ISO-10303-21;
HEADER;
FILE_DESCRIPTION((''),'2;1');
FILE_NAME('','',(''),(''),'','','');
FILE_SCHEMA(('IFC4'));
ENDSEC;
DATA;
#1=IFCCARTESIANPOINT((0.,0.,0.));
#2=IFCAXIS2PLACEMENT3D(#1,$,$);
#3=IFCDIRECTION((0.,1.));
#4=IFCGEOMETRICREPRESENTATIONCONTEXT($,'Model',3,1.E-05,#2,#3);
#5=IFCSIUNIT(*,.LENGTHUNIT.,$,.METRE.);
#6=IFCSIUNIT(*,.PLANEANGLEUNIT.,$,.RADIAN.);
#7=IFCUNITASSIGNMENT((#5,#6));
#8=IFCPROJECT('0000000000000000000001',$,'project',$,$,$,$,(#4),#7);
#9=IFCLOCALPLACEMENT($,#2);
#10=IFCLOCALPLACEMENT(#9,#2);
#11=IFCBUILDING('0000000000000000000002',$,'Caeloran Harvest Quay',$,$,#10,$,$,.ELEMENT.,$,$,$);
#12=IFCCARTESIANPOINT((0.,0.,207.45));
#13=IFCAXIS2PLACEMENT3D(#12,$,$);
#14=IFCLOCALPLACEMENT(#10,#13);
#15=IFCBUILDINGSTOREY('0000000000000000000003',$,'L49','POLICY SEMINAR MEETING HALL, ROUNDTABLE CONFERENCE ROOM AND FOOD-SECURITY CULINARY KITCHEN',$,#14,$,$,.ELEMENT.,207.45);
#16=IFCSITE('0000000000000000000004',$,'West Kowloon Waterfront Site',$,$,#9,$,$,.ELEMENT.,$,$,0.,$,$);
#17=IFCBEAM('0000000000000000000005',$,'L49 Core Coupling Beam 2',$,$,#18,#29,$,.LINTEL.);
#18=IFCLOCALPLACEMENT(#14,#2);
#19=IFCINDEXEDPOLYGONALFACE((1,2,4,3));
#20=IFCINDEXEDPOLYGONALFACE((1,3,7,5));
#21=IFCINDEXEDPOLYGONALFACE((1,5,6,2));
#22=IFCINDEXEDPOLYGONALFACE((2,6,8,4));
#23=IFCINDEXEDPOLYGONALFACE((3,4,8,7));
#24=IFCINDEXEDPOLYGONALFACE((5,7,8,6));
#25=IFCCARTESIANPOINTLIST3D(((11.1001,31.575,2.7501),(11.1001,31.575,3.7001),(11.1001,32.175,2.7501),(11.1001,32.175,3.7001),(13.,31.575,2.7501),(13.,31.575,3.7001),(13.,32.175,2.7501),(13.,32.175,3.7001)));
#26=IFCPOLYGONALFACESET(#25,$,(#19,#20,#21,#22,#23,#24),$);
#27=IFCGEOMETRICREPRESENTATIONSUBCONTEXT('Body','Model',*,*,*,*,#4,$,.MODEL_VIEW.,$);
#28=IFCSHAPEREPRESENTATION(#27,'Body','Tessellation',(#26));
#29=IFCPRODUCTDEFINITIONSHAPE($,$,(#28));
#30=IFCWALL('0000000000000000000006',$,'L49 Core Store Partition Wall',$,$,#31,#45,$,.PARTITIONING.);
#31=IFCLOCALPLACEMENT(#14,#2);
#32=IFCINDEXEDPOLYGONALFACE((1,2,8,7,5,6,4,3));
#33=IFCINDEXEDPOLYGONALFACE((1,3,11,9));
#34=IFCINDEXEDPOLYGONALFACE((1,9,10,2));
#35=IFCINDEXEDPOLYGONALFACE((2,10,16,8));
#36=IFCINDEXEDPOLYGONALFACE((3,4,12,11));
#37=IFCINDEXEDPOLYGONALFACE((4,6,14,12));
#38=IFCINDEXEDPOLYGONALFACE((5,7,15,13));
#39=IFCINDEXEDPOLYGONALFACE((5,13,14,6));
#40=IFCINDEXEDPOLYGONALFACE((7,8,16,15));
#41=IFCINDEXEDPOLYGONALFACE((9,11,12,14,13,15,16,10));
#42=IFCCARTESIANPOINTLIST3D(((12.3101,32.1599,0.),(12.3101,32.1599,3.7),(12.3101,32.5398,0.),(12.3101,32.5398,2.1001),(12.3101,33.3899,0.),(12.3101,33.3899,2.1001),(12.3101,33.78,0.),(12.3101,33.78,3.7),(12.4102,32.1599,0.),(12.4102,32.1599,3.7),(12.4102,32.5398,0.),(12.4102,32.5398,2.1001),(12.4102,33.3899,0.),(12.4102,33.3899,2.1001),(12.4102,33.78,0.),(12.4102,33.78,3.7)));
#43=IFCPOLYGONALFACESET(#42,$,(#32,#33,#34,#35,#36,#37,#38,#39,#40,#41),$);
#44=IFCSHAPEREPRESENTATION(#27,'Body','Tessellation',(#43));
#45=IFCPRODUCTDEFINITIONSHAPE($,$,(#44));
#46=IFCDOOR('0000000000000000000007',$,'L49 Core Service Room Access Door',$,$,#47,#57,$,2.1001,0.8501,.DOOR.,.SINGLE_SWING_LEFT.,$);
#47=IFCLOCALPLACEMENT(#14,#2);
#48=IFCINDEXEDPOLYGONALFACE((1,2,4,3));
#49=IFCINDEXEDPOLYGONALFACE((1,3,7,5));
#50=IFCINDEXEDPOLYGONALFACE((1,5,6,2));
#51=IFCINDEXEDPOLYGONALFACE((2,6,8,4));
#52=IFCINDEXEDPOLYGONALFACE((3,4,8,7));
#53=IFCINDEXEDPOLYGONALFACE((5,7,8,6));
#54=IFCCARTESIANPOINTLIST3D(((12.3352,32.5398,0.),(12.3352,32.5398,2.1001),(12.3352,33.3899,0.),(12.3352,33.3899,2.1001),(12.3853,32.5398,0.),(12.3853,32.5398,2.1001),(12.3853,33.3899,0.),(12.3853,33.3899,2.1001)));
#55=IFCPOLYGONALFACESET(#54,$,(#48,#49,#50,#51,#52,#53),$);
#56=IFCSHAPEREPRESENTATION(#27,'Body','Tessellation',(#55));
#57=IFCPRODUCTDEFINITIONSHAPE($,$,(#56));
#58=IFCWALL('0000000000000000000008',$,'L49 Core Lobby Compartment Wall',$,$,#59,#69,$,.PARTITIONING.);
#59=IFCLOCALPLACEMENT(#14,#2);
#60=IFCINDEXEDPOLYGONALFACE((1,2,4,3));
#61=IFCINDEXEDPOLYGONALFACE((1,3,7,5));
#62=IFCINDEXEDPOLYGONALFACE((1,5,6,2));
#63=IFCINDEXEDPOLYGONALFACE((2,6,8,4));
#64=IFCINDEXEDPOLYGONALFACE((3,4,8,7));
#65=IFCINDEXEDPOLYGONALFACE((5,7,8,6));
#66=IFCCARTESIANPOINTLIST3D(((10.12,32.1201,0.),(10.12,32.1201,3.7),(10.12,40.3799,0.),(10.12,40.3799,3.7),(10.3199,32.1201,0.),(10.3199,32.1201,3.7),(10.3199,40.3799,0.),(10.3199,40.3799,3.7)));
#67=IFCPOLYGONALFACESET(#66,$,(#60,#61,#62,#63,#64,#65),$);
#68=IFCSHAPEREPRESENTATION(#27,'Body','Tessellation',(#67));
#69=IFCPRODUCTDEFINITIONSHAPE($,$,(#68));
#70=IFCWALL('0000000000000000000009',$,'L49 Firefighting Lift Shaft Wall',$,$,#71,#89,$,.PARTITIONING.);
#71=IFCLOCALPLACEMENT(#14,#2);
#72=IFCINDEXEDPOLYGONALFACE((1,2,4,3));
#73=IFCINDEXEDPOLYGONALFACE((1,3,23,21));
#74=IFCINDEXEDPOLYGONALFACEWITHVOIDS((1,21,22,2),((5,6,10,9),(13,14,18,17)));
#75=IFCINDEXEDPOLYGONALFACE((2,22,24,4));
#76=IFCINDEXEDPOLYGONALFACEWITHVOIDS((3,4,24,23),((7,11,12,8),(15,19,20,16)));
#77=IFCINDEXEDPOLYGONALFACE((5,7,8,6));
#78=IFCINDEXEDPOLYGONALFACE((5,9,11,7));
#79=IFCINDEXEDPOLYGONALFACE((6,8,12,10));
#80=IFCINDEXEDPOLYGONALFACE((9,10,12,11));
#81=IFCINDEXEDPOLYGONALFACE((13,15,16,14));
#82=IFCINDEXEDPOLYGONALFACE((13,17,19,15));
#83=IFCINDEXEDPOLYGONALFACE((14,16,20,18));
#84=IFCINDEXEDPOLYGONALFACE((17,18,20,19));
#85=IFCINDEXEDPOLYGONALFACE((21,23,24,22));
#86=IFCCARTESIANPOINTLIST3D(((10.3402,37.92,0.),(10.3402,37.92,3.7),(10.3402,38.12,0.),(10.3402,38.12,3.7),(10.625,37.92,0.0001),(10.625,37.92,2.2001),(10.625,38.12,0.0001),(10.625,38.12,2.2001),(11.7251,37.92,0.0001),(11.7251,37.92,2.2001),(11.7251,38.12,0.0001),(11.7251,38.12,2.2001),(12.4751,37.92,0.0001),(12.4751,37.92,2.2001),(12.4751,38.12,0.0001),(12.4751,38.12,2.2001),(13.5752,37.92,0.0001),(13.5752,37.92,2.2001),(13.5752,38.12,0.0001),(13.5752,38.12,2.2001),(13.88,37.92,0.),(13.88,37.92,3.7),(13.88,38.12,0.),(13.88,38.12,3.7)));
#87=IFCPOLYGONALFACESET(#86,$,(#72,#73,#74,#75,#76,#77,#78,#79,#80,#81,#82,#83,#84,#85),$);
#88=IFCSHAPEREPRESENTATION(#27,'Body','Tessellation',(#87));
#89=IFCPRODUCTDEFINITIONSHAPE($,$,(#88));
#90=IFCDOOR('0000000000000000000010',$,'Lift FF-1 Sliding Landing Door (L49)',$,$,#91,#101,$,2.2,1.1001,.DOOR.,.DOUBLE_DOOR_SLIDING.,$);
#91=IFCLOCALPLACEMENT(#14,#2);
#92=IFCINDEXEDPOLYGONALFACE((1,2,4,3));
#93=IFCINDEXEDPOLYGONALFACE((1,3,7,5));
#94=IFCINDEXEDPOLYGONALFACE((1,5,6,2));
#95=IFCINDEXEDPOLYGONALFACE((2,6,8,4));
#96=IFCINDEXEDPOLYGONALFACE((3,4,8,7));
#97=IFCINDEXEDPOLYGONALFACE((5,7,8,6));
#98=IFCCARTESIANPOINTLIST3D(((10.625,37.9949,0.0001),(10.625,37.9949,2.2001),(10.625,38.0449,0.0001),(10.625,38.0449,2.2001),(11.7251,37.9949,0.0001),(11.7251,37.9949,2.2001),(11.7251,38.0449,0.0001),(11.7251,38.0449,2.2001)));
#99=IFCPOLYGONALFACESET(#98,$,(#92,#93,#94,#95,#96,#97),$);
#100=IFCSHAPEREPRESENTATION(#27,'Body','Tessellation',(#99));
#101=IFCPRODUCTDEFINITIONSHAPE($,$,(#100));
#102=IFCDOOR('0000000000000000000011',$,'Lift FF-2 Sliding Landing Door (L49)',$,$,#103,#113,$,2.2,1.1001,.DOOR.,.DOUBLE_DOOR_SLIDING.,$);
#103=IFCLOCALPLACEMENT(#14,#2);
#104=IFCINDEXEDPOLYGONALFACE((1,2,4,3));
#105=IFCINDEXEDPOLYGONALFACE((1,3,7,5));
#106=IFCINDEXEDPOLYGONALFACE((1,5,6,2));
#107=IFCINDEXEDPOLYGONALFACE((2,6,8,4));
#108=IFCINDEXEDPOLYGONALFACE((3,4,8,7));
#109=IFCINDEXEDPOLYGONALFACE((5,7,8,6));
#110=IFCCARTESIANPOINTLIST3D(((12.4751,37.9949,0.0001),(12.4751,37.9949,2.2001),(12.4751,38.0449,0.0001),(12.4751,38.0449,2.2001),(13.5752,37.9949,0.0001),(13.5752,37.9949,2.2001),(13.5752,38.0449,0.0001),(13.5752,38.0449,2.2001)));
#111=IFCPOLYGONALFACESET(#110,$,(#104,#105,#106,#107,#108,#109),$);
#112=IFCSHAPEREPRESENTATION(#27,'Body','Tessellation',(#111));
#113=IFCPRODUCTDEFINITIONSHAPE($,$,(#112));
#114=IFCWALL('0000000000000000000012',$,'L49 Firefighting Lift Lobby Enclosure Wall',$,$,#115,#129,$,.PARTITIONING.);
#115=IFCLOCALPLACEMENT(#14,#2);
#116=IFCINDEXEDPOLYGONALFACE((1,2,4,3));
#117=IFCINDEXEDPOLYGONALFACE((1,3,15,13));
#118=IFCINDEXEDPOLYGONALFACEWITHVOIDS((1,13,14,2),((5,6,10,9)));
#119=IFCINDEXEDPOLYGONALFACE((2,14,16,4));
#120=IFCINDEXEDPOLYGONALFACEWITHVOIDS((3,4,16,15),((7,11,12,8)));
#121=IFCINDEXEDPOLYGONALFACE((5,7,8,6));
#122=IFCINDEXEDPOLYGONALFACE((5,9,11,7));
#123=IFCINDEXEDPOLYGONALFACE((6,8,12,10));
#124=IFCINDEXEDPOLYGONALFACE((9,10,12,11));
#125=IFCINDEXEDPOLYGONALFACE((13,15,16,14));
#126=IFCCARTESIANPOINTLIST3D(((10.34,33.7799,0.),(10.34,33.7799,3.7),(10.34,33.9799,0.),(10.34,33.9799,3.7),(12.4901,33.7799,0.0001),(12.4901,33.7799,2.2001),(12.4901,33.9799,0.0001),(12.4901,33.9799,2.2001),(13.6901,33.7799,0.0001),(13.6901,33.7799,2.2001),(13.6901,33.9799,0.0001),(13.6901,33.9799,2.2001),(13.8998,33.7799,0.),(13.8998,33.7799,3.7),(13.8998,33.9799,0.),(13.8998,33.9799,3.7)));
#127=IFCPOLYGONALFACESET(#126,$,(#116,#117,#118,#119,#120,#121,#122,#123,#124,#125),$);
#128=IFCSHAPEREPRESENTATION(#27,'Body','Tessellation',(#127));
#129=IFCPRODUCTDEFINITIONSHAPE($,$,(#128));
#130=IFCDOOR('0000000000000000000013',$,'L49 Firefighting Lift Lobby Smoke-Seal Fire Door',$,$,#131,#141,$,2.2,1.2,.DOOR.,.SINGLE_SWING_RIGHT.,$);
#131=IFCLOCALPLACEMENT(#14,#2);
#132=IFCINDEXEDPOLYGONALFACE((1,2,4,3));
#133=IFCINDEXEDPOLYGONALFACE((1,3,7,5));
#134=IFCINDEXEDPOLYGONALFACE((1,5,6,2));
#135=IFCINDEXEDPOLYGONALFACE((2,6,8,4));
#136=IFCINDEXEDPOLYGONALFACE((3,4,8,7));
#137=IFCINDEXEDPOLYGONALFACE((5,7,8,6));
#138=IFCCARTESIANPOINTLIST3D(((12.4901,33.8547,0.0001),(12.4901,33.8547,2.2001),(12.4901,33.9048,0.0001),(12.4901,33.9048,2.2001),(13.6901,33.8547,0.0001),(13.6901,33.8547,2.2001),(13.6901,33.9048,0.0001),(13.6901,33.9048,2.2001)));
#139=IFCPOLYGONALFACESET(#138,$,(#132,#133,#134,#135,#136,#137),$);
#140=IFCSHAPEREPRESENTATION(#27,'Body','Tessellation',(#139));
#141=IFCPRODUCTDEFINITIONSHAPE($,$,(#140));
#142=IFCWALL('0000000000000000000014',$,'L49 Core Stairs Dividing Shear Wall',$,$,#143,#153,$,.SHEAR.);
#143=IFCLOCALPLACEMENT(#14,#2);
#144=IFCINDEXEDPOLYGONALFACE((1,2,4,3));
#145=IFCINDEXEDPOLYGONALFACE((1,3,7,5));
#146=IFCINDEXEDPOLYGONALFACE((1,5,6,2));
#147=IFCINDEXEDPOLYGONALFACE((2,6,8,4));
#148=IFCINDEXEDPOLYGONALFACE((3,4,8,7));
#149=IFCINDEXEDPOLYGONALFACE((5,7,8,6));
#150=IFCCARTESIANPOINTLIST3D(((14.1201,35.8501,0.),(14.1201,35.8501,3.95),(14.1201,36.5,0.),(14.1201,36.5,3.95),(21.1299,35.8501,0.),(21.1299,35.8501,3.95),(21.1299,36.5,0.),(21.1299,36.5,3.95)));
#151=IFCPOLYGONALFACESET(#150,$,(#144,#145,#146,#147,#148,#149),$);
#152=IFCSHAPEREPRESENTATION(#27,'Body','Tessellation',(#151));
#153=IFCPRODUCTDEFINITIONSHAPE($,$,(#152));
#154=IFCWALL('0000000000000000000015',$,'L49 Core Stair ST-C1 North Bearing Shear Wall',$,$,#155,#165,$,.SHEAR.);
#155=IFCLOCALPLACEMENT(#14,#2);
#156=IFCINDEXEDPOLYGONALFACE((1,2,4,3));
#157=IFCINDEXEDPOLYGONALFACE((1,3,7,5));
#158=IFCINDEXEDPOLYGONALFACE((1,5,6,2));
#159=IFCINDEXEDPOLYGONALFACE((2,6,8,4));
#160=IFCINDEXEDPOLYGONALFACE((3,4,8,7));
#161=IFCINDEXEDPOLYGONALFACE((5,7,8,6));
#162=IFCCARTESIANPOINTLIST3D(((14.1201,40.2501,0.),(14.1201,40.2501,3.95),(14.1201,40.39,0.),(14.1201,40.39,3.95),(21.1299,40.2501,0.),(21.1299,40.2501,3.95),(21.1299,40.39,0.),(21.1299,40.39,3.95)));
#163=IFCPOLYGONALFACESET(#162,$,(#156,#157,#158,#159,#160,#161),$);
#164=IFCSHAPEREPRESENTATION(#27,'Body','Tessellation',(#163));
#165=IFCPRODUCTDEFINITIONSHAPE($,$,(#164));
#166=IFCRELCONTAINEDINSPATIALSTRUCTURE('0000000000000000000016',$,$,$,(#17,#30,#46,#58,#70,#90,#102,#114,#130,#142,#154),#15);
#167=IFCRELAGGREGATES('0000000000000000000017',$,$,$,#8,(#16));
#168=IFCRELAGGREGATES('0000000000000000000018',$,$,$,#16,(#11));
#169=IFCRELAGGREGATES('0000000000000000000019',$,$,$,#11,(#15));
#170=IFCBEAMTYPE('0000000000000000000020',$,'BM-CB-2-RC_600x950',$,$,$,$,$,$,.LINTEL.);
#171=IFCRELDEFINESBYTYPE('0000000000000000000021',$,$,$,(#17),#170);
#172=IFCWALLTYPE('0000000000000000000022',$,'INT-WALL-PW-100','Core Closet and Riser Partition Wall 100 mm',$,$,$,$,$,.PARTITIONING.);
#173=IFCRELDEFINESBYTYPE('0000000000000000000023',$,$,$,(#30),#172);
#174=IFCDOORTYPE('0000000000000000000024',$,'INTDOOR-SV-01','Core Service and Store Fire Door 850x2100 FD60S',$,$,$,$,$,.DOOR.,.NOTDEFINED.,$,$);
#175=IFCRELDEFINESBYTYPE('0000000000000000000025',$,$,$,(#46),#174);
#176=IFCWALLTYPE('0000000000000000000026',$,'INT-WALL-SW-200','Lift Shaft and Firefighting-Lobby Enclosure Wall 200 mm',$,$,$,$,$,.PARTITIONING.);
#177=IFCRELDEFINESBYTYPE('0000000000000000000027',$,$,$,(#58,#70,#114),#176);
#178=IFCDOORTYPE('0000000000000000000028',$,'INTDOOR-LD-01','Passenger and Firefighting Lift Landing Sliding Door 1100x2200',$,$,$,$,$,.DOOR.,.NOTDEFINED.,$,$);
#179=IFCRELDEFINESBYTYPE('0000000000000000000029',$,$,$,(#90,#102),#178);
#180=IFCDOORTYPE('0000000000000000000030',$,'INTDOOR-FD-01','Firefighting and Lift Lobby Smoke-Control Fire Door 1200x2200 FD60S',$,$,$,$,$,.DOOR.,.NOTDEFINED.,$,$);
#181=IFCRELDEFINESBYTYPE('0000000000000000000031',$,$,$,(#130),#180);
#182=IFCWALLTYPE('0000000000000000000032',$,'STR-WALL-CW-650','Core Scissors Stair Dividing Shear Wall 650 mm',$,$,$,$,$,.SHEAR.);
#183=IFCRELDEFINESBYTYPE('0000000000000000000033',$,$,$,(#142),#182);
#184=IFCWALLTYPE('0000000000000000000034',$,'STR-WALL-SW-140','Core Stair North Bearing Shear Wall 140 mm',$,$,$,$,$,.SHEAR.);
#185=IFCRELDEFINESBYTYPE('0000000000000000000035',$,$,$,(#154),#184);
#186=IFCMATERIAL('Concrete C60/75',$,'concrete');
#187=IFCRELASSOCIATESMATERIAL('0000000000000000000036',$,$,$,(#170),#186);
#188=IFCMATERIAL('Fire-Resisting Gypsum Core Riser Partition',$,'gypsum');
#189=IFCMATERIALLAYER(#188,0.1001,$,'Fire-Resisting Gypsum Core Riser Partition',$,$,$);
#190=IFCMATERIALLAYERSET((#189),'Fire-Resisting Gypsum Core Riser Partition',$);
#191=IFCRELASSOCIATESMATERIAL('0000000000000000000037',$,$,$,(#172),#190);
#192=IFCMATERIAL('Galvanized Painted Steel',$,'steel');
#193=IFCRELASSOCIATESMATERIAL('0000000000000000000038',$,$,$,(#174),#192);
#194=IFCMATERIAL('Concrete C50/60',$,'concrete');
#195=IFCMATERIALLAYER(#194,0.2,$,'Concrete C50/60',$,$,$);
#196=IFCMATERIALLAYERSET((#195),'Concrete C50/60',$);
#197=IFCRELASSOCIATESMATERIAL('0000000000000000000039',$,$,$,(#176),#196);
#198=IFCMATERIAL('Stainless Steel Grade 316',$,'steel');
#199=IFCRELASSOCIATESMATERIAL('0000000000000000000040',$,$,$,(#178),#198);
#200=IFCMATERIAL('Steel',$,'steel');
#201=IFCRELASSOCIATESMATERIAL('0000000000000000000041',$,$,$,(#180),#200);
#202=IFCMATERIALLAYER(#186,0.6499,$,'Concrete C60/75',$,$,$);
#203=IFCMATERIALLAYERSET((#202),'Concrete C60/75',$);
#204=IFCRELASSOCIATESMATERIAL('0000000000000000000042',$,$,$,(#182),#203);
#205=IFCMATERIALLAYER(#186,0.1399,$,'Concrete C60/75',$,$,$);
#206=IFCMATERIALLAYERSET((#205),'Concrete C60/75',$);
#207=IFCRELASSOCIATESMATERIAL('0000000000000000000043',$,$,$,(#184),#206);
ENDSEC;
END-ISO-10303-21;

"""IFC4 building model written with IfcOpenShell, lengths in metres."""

from ifc_helpers import new_model, si_unit, direction, frame, frame_2d, origin, origin_2d, place, context, subcontext, project, spatial, rectangle, extrude, material, layer, layer_set, material_profile, profile_set, type_object, element, fill, save


model = new_model("IFC4")

# Units and contexts
model_context = context("Model", 3, precision=1e-05, world=origin(), true_north=direction((0.0, 1.0)))
body_context = subcontext(model_context, "Body", "Model", "MODEL_VIEW")
ifc_project = project(units=[si_unit("LENGTHUNIT", "METRE"), si_unit("PLANEANGLEUNIT", "RADIAN")], contexts=[model_context])

# Site, building, storey
site_placement = place(None, origin())
site = spatial("IfcSite", under=ifc_project, at=site_placement, Name="West Kowloon Waterfront Site", CompositionType="ELEMENT", RefElevation=0.0)
building_placement = place(site_placement, origin())
building = spatial("IfcBuilding", under=site, at=building_placement, Name="Caeloran Harvest Quay", CompositionType="ELEMENT")
storey_placement = place(building_placement, frame((0.0, 0.0, 207.45)))
storey = spatial("IfcBuildingStorey", under=building, at=storey_placement, Name="L49", Description="POLICY SEMINAR MEETING HALL, ROUNDTABLE CONFERENCE ROOM AND FOOD-SECURITY CULINARY KITCHEN", CompositionType="ELEMENT", Elevation=207.45)

# Beam
ifc_material_1 = material(Name="Concrete C60/75", Category="concrete")
ifc_material_profile = material_profile(ifc_material_1, rectangle(XDim=0.6001, YDim=0.95, at=origin_2d()), Name="RC 600x950")
ifc_profile_set = profile_set([ifc_material_profile], Name="Concrete C60/75")
beam_type = type_object("IfcBeamType", Name="BM-CB-2-RC_600x950", PredefinedType="LINTEL", material=ifc_profile_set)
beam_placement = place(storey_placement, frame((11.1001, 31.875, 3.2251), z_axis=(1.0, 0.0, 0.0), x_axis=(0.0, 1.0, 0.0)))
element("IfcBeam", 1, at=beam_placement, inside=storey, type_object=beam_type, Name="L49 Core Coupling Beam 2", PredefinedType="LINTEL", context=body_context, shape_type="SweptSolid", body=[
    extrude(rectangle(XDim=0.6001, YDim=0.95, at=origin_2d()), origin(), (0.0, 0.0, 1.0), 1.8999),
])

# Wall, opening, door
ifc_material_2 = material(Name="Fire-Resisting Gypsum Core Riser Partition", Category="gypsum")
ifc_layer_1 = layer(ifc_material_2, 0.1001, Name="Fire-Resisting Gypsum Core Riser Partition")
ifc_layer_set_1 = layer_set([ifc_layer_1], Name="Fire-Resisting Gypsum Core Riser Partition")
wall_type_1 = type_object("IfcWallType", Name="INT-WALL-PW-100", Description="Core Closet and Riser Partition Wall 100 mm", PredefinedType="PARTITIONING", material=ifc_layer_set_1)
wall_1_placement = place(storey_placement, frame((12.3601, 32.1599, 0.0), z_axis=(0.0, 0.0, 1.0), x_axis=(0.0, 1.0, 0.0)))
wall_1 = element("IfcWall", 2, at=wall_1_placement, inside=storey, type_object=wall_type_1, Name="L49 Core Store Partition Wall", PredefinedType="PARTITIONING", context=body_context, shape_type="SweptSolid", body=[
    extrude(rectangle(XDim=1.6201, YDim=0.1001, at=frame_2d((0.8101, 0.0))), origin(), (0.0, 0.0, 1.0), 3.7),
])
opening_1_placement = place(wall_1_placement, frame((0.3799, 0.0, 0.0)))
opening_1 = element("IfcOpeningElement", 3, at=opening_1_placement, cuts=wall_1, PredefinedType="OPENING", context=body_context, shape_type="SweptSolid", body=[
    extrude(rectangle(XDim=0.8501, YDim=2.1001, at=frame_2d((0.425, 1.05))), frame((0.0, 0.0601, 0.0), z_axis=(0.0, -1.0, 0.0), x_axis=(1.0, 0.0, 0.0)), (0.0, 0.0, 1.0), 0.1201),
])
ifc_material_3 = material(Name="Galvanized Painted Steel", Category="steel")
door_type_1 = type_object("IfcDoorType", Name="INTDOOR-SV-01", Description="Core Service and Store Fire Door 850x2100 FD60S", OperationType="NOTDEFINED", PredefinedType="DOOR", material=ifc_material_3)
door_1_placement = place(opening_1_placement, origin())
door_1 = element("IfcDoor", 4, at=door_1_placement, inside=storey, type_object=door_type_1, Name="L49 Core Service Room Access Door", OperationType="SINGLE_SWING_LEFT", OverallHeight=2.1001, OverallWidth=0.8501, PredefinedType="DOOR", context=body_context, shape_type="SweptSolid", body=[
    extrude(rectangle(XDim=0.8501, YDim=2.1001, at=frame_2d((0.425, 1.05))), frame((0.0, 0.0249, 0.0), z_axis=(0.0, -1.0, 0.0), x_axis=(1.0, 0.0, 0.0)), (0.0, 0.0, 1.0), 0.05),
])
fill(opening_1, door_1)

# Wall
ifc_material_4 = material(Name="Concrete C50/60", Category="concrete")
ifc_layer_2 = layer(ifc_material_4, 0.2, Name="Concrete C50/60")
ifc_layer_set_2 = layer_set([ifc_layer_2], Name="Concrete C50/60")
wall_type_2 = type_object("IfcWallType", Name="INT-WALL-SW-200", Description="Lift Shaft and Firefighting-Lobby Enclosure Wall 200 mm", PredefinedType="PARTITIONING", material=ifc_layer_set_2)
wall_2_placement = place(storey_placement, frame((10.22, 32.1201, 0.0), z_axis=(0.0, 0.0, 1.0), x_axis=(0.0, 1.0, 0.0)))
element("IfcWall", 5, at=wall_2_placement, inside=storey, type_object=wall_type_2, Name="L49 Core Lobby Compartment Wall", PredefinedType="PARTITIONING", context=body_context, shape_type="SweptSolid", body=[
    extrude(rectangle(XDim=8.2598, YDim=0.2, at=frame_2d((4.1299, 0.0))), origin(), (0.0, 0.0, 1.0), 3.7),
])

# Wall, openings, doors
wall_3_placement = place(storey_placement, frame((10.3401, 38.02, 0.0), z_axis=(0.0, 0.0, 1.0), x_axis=(1.0, 0.0, 0.0)))
wall_3 = element("IfcWall", 6, at=wall_3_placement, inside=storey, type_object=wall_type_2, Name="L49 Firefighting Lift Shaft Wall", PredefinedType="PARTITIONING", context=body_context, shape_type="SweptSolid", body=[
    extrude(rectangle(XDim=3.5398, YDim=0.2, at=frame_2d((1.77, 0.0))), origin(), (0.0, 0.0, 1.0), 3.7),
])
opening_2_placement = place(wall_3_placement, frame((0.2849, 0.0, 0.0)))
opening_2 = element("IfcOpeningElement", 7, at=opening_2_placement, cuts=wall_3, PredefinedType="OPENING", context=body_context, shape_type="SweptSolid", body=[
    extrude(rectangle(XDim=1.1001, YDim=2.2, at=frame_2d((0.55, 1.1001))), frame((0.0, 0.1099, 0.0), z_axis=(0.0, -1.0, 0.0), x_axis=(1.0, 0.0, 0.0)), (0.0, 0.0, 1.0), 0.22),
])
opening_3_placement = place(wall_3_placement, frame((2.135, 0.0, 0.0)))
opening_3 = element("IfcOpeningElement", 8, at=opening_3_placement, cuts=wall_3, PredefinedType="OPENING", context=body_context, shape_type="SweptSolid", body=[
    extrude(rectangle(XDim=1.1001, YDim=2.2, at=frame_2d((0.55, 1.1001))), frame((0.0, 0.1099, 0.0), z_axis=(0.0, -1.0, 0.0), x_axis=(1.0, 0.0, 0.0)), (0.0, 0.0, 1.0), 0.22),
])
ifc_material_5 = material(Name="Stainless Steel Grade 316", Category="steel")
door_type_2 = type_object("IfcDoorType", Name="INTDOOR-LD-01", Description="Passenger and Firefighting Lift Landing Sliding Door 1100x2200", OperationType="NOTDEFINED", PredefinedType="DOOR", material=ifc_material_5)
door_2_placement = place(opening_2_placement, origin())
door_2 = element("IfcDoor", 9, at=door_2_placement, inside=storey, type_object=door_type_2, Name="Lift FF-1 Sliding Landing Door (L49)", OperationType="DOUBLE_DOOR_SLIDING", OverallHeight=2.2, OverallWidth=1.1001, PredefinedType="DOOR", context=body_context, shape_type="SweptSolid", body=[
    extrude(rectangle(XDim=1.1001, YDim=2.2, at=frame_2d((0.55, 1.1001))), frame((0.0, 0.0249, 0.0), z_axis=(0.0, -1.0, 0.0), x_axis=(1.0, 0.0, 0.0)), (0.0, 0.0, 1.0), 0.05),
])
fill(opening_2, door_2)
door_3_placement = place(opening_3_placement, origin())
door_3 = element("IfcDoor", 10, at=door_3_placement, inside=storey, type_object=door_type_2, Name="Lift FF-2 Sliding Landing Door (L49)", OperationType="DOUBLE_DOOR_SLIDING", OverallHeight=2.2, OverallWidth=1.1001, PredefinedType="DOOR", context=body_context, shape_type="SweptSolid", body=[
    extrude(rectangle(XDim=1.1001, YDim=2.2, at=frame_2d((0.55, 1.1001))), frame((0.0, 0.0249, 0.0), z_axis=(0.0, -1.0, 0.0), x_axis=(1.0, 0.0, 0.0)), (0.0, 0.0, 1.0), 0.05),
])
fill(opening_3, door_3)

# Wall, opening, door
wall_4_placement = place(storey_placement, frame((10.3401, 33.8799, 0.0), z_axis=(0.0, 0.0, 1.0), x_axis=(1.0, 0.0, 0.0)))
wall_4 = element("IfcWall", 11, at=wall_4_placement, inside=storey, type_object=wall_type_2, Name="L49 Firefighting Lift Lobby Enclosure Wall", PredefinedType="PARTITIONING", context=body_context, shape_type="SweptSolid", body=[
    extrude(rectangle(XDim=3.5598, YDim=0.2, at=frame_2d((1.7798, 0.0))), origin(), (0.0, 0.0, 1.0), 3.7),
])
opening_4_placement = place(wall_4_placement, frame((2.1499, 0.0, 0.0)))
opening_4 = element("IfcOpeningElement", 12, at=opening_4_placement, cuts=wall_4, PredefinedType="OPENING", context=body_context, shape_type="SweptSolid", body=[
    extrude(rectangle(XDim=1.2, YDim=2.2, at=frame_2d((0.6001, 1.1001))), frame((0.0, 0.1099, 0.0), z_axis=(0.0, -1.0, 0.0), x_axis=(1.0, 0.0, 0.0)), (0.0, 0.0, 1.0), 0.22),
])
ifc_material_6 = material(Name="Steel", Category="steel")
door_type_3 = type_object("IfcDoorType", Name="INTDOOR-FD-01", Description="Firefighting and Lift Lobby Smoke-Control Fire Door 1200x2200 FD60S", OperationType="NOTDEFINED", PredefinedType="DOOR", material=ifc_material_6)
door_4_placement = place(opening_4_placement, origin())
door_4 = element("IfcDoor", 13, at=door_4_placement, inside=storey, type_object=door_type_3, Name="L49 Firefighting Lift Lobby Smoke-Seal Fire Door", OperationType="SINGLE_SWING_RIGHT", OverallHeight=2.2, OverallWidth=1.2, PredefinedType="DOOR", context=body_context, shape_type="SweptSolid", body=[
    extrude(rectangle(XDim=1.2, YDim=2.2, at=frame_2d((0.6001, 1.1001))), frame((0.0, 0.0249, 0.0), z_axis=(0.0, -1.0, 0.0), x_axis=(1.0, 0.0, 0.0)), (0.0, 0.0, 1.0), 0.05),
])
fill(opening_4, door_4)

# Walls
ifc_layer_3 = layer(ifc_material_1, 0.6499, Name="Concrete C60/75")
ifc_layer_set_3 = layer_set([ifc_layer_3], Name="Concrete C60/75")
wall_type_3 = type_object("IfcWallType", Name="STR-WALL-CW-650", Description="Core Scissors Stair Dividing Shear Wall 650 mm", PredefinedType="SHEAR", material=ifc_layer_set_3)
wall_5_placement = place(storey_placement, frame((14.1201, 36.175, 0.0), z_axis=(0.0, 0.0, 1.0), x_axis=(1.0, 0.0, 0.0)))
element("IfcWall", 14, at=wall_5_placement, inside=storey, type_object=wall_type_3, Name="L49 Core Stairs Dividing Shear Wall", PredefinedType="SHEAR", context=body_context, shape_type="SweptSolid", body=[
    extrude(rectangle(XDim=7.0098, YDim=0.6499, at=frame_2d((3.5049, 0.0))), origin(), (0.0, 0.0, 1.0), 3.95),
])
ifc_layer_4 = layer(ifc_material_1, 0.1399, Name="Concrete C60/75")
ifc_layer_set_4 = layer_set([ifc_layer_4], Name="Concrete C60/75")
wall_type_4 = type_object("IfcWallType", Name="STR-WALL-SW-140", Description="Core Stair North Bearing Shear Wall 140 mm", PredefinedType="SHEAR", material=ifc_layer_set_4)
wall_6_placement = place(storey_placement, frame((14.1201, 40.3201, 0.0), z_axis=(0.0, 0.0, 1.0), x_axis=(1.0, 0.0, 0.0)))
element("IfcWall", 15, at=wall_6_placement, inside=storey, type_object=wall_type_4, Name="L49 Core Stair ST-C1 North Bearing Shear Wall", PredefinedType="SHEAR", context=body_context, shape_type="SweptSolid", body=[
    extrude(rectangle(XDim=7.0098, YDim=0.1399, at=frame_2d((3.5049, 0.0))), origin(), (0.0, 0.0, 1.0), 3.95),
])

save(model, "model.ifc")
